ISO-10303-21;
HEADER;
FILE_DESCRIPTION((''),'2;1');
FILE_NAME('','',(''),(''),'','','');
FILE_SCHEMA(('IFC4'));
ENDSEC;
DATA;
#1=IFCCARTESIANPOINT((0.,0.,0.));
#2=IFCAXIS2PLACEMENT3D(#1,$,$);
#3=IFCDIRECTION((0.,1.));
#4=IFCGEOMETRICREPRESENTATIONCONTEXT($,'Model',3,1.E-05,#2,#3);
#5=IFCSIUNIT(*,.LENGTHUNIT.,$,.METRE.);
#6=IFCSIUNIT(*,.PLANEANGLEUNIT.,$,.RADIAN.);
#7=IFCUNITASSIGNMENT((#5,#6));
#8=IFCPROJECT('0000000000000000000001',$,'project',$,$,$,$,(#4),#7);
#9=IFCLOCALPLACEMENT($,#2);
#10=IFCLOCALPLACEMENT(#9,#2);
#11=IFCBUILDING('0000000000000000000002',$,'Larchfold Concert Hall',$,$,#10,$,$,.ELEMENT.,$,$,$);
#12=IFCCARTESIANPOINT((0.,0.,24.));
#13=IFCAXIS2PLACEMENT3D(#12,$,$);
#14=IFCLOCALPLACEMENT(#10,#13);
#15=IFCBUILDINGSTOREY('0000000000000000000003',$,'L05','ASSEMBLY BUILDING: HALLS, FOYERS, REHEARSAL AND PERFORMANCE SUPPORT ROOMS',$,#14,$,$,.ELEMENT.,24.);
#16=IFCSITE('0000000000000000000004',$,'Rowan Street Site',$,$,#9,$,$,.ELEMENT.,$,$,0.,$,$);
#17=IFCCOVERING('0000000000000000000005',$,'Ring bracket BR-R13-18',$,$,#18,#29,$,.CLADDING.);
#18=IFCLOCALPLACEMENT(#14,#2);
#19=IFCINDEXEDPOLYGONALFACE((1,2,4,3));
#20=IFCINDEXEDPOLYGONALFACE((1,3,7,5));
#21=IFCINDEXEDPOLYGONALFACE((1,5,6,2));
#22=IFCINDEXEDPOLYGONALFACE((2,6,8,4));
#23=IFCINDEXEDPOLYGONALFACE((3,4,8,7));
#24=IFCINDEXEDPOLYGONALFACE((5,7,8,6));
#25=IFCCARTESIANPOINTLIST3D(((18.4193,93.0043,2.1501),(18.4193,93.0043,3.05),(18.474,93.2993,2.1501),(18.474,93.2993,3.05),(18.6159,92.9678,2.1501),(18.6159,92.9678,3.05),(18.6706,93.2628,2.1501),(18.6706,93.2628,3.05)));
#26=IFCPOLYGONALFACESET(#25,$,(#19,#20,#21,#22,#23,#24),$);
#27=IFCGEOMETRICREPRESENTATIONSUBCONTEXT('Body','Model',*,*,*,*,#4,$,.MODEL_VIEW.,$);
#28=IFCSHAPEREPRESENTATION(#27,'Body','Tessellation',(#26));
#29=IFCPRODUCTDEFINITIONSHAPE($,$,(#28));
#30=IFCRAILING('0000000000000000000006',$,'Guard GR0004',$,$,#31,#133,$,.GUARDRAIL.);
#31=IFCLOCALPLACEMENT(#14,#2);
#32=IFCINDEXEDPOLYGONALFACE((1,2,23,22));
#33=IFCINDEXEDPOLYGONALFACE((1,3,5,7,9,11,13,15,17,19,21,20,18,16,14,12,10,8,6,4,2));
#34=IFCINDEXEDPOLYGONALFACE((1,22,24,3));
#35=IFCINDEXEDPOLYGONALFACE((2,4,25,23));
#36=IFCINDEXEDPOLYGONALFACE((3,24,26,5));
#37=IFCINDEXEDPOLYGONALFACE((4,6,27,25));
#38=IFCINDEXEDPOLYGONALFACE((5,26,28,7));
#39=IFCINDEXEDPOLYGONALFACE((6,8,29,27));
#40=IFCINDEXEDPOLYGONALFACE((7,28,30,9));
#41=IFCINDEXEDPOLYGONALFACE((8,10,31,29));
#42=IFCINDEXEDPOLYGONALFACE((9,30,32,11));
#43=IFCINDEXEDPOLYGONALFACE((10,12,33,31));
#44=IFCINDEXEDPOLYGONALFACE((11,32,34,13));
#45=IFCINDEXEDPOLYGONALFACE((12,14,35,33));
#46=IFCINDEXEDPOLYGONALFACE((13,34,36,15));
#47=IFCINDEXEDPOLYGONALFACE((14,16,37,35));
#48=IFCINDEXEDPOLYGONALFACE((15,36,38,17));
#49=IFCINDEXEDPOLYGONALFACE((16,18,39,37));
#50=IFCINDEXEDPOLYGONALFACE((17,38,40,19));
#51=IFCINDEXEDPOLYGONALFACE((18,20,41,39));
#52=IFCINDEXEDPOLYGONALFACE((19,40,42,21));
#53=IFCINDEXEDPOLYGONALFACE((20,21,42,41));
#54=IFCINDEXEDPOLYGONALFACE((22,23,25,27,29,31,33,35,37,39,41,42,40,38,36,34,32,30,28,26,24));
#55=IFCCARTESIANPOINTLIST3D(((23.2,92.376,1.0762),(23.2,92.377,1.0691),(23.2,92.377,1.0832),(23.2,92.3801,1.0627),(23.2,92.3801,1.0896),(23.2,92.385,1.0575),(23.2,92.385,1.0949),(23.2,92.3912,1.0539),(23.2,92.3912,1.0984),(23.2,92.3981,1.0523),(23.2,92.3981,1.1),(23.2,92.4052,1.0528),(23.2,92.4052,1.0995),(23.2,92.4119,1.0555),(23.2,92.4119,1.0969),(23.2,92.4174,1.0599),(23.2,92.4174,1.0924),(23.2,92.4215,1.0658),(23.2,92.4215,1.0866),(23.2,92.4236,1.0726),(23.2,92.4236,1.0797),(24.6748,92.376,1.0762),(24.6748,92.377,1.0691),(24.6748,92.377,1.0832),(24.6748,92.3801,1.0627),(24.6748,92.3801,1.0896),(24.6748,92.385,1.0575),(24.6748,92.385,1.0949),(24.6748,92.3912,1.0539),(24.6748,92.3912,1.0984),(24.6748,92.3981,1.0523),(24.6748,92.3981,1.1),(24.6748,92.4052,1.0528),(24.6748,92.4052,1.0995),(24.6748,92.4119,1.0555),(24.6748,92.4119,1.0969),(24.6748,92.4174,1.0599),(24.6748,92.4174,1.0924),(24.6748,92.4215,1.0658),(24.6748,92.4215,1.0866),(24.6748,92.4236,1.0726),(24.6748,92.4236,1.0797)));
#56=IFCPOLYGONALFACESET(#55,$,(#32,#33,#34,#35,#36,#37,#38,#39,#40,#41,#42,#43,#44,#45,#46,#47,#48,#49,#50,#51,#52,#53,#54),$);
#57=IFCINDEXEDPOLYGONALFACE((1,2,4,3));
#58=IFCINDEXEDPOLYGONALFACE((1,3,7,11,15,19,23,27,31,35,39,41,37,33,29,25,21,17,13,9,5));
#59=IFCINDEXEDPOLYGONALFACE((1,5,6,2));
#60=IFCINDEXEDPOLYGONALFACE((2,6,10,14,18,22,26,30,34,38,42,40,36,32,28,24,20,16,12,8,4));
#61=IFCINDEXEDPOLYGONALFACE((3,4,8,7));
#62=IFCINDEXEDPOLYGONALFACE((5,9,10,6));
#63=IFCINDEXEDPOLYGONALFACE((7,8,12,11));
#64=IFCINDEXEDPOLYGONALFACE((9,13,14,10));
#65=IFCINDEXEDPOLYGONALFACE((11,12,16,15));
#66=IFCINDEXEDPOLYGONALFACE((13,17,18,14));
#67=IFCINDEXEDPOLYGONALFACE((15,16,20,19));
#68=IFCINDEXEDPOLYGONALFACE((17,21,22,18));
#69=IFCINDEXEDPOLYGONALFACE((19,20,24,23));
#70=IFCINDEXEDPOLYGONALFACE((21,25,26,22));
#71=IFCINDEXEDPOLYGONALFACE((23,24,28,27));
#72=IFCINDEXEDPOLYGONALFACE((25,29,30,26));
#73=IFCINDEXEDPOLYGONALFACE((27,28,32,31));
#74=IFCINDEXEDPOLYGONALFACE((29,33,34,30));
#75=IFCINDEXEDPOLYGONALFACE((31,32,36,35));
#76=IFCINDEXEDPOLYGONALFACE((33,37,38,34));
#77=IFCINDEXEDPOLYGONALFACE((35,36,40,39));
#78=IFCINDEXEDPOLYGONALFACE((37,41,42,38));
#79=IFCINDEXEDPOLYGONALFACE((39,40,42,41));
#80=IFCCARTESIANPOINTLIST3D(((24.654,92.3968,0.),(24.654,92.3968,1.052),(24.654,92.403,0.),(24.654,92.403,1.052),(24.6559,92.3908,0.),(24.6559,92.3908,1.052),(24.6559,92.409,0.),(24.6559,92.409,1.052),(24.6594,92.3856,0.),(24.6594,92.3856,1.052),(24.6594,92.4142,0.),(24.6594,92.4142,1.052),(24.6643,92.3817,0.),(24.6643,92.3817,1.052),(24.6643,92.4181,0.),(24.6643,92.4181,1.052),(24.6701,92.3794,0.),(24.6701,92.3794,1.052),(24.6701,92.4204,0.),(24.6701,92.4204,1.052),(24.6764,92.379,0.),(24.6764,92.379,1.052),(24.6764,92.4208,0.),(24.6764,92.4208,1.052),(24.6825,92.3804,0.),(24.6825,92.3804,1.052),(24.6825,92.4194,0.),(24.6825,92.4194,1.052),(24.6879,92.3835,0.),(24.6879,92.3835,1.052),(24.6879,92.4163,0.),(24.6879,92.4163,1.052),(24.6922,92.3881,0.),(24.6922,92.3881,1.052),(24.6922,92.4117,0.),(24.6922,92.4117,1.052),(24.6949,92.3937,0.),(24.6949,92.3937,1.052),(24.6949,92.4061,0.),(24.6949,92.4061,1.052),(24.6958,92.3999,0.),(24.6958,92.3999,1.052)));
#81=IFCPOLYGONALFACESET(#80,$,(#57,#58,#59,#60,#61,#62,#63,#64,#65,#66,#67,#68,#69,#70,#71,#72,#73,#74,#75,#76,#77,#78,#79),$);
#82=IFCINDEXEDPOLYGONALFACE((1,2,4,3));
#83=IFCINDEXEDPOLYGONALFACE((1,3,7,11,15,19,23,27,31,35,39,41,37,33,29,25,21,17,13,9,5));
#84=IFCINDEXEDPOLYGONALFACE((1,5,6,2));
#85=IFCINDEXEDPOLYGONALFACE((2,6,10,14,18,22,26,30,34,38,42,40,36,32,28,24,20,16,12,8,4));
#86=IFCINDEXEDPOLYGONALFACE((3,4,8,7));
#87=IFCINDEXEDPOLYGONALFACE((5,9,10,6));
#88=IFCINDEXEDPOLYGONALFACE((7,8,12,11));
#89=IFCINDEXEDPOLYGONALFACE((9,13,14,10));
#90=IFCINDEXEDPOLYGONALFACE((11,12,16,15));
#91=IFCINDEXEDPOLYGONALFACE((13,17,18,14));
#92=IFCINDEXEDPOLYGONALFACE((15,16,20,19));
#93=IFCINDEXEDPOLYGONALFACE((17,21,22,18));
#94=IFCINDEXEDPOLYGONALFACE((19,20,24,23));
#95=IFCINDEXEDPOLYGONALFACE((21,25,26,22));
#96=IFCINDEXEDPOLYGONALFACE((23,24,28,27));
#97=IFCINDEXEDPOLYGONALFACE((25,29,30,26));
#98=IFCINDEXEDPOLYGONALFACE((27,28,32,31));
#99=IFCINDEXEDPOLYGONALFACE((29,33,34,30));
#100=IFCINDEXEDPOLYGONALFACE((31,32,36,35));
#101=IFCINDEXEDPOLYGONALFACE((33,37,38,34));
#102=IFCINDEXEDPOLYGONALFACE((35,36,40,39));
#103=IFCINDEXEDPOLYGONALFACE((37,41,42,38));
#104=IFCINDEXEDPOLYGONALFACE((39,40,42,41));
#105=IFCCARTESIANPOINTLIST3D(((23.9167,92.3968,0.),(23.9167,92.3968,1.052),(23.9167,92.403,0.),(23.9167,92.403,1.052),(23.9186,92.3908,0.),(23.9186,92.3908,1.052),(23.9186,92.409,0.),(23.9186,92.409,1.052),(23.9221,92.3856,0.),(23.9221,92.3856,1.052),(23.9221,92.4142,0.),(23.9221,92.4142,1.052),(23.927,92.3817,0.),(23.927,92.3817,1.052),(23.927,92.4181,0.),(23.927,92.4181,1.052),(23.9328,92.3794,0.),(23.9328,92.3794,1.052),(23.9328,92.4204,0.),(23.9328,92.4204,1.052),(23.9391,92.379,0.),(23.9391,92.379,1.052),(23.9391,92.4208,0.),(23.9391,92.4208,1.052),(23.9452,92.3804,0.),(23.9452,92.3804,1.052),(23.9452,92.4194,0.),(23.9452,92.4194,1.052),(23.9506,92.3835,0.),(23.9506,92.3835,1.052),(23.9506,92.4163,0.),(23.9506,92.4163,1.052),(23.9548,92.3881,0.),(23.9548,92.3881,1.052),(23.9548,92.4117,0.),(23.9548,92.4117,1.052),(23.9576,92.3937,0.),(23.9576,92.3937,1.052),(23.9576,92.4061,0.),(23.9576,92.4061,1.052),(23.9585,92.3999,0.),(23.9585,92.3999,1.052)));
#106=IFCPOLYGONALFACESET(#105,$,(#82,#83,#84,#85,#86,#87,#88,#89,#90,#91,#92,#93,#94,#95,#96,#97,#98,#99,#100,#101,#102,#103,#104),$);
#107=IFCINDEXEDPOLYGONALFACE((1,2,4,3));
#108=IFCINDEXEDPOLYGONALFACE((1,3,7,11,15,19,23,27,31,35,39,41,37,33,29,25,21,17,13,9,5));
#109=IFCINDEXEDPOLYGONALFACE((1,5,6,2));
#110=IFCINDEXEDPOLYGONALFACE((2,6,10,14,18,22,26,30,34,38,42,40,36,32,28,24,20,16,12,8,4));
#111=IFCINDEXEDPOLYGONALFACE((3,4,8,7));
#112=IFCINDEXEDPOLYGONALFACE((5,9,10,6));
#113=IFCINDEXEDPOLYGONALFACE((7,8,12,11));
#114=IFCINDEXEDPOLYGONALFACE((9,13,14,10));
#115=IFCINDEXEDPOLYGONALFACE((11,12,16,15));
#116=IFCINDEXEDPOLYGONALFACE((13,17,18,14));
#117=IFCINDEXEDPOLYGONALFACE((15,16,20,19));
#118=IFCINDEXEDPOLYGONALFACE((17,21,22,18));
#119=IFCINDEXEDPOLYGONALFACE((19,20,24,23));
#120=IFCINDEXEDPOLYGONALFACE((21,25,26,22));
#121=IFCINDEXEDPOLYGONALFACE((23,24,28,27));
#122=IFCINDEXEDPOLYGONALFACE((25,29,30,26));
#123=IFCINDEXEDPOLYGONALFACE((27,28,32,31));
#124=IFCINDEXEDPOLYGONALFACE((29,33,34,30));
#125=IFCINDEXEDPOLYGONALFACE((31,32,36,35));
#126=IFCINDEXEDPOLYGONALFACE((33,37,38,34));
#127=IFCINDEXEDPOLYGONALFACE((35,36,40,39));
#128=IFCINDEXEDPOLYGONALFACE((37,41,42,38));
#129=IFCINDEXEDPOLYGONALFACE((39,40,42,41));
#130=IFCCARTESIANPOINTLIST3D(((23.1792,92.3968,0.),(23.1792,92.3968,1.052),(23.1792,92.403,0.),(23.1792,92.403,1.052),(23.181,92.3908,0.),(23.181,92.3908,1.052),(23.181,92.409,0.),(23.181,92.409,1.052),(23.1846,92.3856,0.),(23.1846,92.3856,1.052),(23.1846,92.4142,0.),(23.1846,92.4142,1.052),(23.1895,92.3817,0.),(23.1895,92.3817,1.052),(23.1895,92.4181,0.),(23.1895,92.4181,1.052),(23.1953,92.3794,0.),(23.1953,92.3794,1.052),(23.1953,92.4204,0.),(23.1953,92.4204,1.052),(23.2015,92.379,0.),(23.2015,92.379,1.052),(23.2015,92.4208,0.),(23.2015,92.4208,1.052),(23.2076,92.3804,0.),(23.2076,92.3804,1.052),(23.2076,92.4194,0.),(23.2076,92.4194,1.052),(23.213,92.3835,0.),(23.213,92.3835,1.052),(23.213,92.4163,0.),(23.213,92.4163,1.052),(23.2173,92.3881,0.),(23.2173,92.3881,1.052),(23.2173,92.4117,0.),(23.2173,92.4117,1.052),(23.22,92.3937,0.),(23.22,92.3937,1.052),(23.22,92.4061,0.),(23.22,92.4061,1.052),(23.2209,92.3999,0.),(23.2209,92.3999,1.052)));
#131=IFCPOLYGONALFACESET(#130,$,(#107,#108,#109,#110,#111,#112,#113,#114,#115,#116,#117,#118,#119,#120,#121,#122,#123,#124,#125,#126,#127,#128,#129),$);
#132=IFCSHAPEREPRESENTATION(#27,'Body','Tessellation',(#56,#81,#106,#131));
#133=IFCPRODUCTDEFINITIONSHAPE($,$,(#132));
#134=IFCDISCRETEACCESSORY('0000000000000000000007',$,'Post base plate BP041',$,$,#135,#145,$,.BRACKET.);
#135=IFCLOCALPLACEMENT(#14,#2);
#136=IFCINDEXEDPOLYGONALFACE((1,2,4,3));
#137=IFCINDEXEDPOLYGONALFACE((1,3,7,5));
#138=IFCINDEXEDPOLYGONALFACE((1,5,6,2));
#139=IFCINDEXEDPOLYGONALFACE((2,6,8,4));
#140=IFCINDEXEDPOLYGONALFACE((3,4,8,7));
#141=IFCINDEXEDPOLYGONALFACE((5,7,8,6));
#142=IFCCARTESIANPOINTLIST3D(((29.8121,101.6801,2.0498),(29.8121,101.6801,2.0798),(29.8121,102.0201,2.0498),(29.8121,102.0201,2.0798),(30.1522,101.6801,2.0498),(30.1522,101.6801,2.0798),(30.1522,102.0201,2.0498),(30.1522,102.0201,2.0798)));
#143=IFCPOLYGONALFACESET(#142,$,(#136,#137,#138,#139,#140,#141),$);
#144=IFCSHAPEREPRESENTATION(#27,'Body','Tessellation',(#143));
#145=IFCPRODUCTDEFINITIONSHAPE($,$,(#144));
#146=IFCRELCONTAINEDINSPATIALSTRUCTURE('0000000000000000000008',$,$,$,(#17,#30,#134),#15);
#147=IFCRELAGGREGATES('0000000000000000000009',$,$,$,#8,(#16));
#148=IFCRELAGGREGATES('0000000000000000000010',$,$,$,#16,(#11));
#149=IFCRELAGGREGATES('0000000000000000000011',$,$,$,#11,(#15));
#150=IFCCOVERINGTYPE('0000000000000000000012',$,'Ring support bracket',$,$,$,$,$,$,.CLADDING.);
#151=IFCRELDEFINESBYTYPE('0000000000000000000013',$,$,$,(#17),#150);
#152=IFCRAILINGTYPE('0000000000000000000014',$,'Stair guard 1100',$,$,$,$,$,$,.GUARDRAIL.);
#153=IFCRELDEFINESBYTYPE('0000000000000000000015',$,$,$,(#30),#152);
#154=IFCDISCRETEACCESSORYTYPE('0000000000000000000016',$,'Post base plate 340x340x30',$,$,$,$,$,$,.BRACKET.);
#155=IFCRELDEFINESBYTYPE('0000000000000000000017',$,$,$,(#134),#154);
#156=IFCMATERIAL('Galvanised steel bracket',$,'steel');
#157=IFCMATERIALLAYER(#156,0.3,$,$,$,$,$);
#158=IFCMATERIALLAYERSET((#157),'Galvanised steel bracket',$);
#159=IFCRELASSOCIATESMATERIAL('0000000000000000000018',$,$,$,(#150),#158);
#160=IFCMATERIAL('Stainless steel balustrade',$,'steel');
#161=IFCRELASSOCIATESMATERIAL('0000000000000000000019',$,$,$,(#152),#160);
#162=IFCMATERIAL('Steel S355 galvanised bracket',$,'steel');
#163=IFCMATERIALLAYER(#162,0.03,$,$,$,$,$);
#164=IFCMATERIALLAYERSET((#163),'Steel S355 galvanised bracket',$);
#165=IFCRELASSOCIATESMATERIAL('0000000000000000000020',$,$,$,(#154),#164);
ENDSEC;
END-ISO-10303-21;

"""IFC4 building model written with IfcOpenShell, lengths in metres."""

from ifc_helpers import new_model, si_unit, direction, frame, origin, origin_2d, place, context, subcontext, project, spatial, rectangle, circle, extrude, material, layer, layer_set, type_object, element, save


model = new_model("IFC4")

# Units and contexts
model_context = context("Model", 3, precision=1e-05, world=origin(), true_north=direction((0.0, 1.0)))
body_context = subcontext(model_context, "Body", "Model", "MODEL_VIEW")
ifc_project = project(units=[si_unit("LENGTHUNIT", "METRE"), si_unit("PLANEANGLEUNIT", "RADIAN")], contexts=[model_context])

# Site, building, storey
site_placement = place(None, origin())
site = spatial("IfcSite", under=ifc_project, at=site_placement, Name="Rowan Street Site", CompositionType="ELEMENT", RefElevation=0.0)
building_placement = place(site_placement, origin())
building = spatial("IfcBuilding", under=site, at=building_placement, Name="Larchfold Concert Hall", CompositionType="ELEMENT")
storey_placement = place(building_placement, frame((0.0, 0.0, 24.0)))
storey = spatial("IfcBuildingStorey", under=building, at=storey_placement, Name="L05", Description="ASSEMBLY BUILDING: HALLS, FOYERS, REHEARSAL AND PERFORMANCE SUPPORT ROOMS", CompositionType="ELEMENT", Elevation=24.0)

# Covering
ifc_material_1 = material(Name="Galvanised steel bracket", Category="steel")
ifc_layer_1 = layer(ifc_material_1, 0.3)
ifc_layer_set_1 = layer_set([ifc_layer_1], Name="Galvanised steel bracket")
covering_type = type_object("IfcCoveringType", Name="Ring support bracket", PredefinedType="CLADDING", material=ifc_layer_set_1)
for number, where, z_axis, x_axis, name in (
    (1, (18.5449, 93.1335, 2.1501), (0.0, 0.0, 1.0), (-0.983232, 0.182361, 0.0), "Ring bracket BR-R13-18"),
):
    element("IfcCovering", number, at=place(storey_placement, frame(where, z_axis=z_axis, x_axis=x_axis)), inside=storey, type_object=covering_type, Name=name, PredefinedType="CLADDING", context=body_context, shape_type="SweptSolid", body=[
        extrude(rectangle(XDim=0.2, YDim=0.3, at=origin_2d()), origin(), (0.0, 0.0, 1.0), 0.8999),
    ])

# Railing
ifc_material_2 = material(Name="Stainless steel balustrade", Category="steel")
railing_type = type_object("IfcRailingType", Name="Stair guard 1100", PredefinedType="GUARDRAIL", material=ifc_material_2)
railing_placement = place(storey_placement, frame((24.6748, 92.3999, 0.0)))
element("IfcRailing", 2, at=railing_placement, inside=storey, type_object=railing_type, Name="Guard GR0004", PredefinedType="GUARDRAIL", context=body_context, shape_type="SweptSolid", body=[
    extrude(circle(Radius=0.0239, at=origin_2d()), frame((0.0, 0.0, 1.0762), z_axis=(-1.0, 0.0, 0.0), x_axis=(0.0, -1.0, 0.0)), (0.0, 0.0, 1.0), 1.4749),
    extrude(circle(Radius=0.021, at=origin_2d()), origin(), (0.0, 0.0, 1.0), 1.052),
    extrude(circle(Radius=0.021, at=origin_2d()), frame((-0.7373, 0.0, 0.0)), (0.0, 0.0, 1.0), 1.052),
    extrude(circle(Radius=0.021, at=origin_2d()), frame((-1.4749, 0.0, 0.0)), (0.0, 0.0, 1.0), 1.052),
])

# Discrete accessory
ifc_material_3 = material(Name="Steel S355 galvanised bracket", Category="steel")
ifc_layer_2 = layer(ifc_material_3, 0.03)
ifc_layer_set_2 = layer_set([ifc_layer_2], Name="Steel S355 galvanised bracket")
discrete_accessory_type = type_object("IfcDiscreteAccessoryType", Name="Post base plate 340x340x30", PredefinedType="BRACKET", material=ifc_layer_set_2)
discrete_accessory_placement = place(storey_placement, frame((29.9822, 101.8501, 2.0498), z_axis=(0.0, 0.0, 1.0), x_axis=(1.0, 0.0, 0.0)))
element("IfcDiscreteAccessory", 3, at=discrete_accessory_placement, inside=storey, type_object=discrete_accessory_type, Name="Post base plate BP041", PredefinedType="BRACKET", context=body_context, shape_type="SweptSolid", body=[
    extrude(rectangle(XDim=0.3401, YDim=0.3401, at=origin_2d()), origin(), (0.0, 0.0, 1.0), 0.03),
])

save(model, "model.ifc")
